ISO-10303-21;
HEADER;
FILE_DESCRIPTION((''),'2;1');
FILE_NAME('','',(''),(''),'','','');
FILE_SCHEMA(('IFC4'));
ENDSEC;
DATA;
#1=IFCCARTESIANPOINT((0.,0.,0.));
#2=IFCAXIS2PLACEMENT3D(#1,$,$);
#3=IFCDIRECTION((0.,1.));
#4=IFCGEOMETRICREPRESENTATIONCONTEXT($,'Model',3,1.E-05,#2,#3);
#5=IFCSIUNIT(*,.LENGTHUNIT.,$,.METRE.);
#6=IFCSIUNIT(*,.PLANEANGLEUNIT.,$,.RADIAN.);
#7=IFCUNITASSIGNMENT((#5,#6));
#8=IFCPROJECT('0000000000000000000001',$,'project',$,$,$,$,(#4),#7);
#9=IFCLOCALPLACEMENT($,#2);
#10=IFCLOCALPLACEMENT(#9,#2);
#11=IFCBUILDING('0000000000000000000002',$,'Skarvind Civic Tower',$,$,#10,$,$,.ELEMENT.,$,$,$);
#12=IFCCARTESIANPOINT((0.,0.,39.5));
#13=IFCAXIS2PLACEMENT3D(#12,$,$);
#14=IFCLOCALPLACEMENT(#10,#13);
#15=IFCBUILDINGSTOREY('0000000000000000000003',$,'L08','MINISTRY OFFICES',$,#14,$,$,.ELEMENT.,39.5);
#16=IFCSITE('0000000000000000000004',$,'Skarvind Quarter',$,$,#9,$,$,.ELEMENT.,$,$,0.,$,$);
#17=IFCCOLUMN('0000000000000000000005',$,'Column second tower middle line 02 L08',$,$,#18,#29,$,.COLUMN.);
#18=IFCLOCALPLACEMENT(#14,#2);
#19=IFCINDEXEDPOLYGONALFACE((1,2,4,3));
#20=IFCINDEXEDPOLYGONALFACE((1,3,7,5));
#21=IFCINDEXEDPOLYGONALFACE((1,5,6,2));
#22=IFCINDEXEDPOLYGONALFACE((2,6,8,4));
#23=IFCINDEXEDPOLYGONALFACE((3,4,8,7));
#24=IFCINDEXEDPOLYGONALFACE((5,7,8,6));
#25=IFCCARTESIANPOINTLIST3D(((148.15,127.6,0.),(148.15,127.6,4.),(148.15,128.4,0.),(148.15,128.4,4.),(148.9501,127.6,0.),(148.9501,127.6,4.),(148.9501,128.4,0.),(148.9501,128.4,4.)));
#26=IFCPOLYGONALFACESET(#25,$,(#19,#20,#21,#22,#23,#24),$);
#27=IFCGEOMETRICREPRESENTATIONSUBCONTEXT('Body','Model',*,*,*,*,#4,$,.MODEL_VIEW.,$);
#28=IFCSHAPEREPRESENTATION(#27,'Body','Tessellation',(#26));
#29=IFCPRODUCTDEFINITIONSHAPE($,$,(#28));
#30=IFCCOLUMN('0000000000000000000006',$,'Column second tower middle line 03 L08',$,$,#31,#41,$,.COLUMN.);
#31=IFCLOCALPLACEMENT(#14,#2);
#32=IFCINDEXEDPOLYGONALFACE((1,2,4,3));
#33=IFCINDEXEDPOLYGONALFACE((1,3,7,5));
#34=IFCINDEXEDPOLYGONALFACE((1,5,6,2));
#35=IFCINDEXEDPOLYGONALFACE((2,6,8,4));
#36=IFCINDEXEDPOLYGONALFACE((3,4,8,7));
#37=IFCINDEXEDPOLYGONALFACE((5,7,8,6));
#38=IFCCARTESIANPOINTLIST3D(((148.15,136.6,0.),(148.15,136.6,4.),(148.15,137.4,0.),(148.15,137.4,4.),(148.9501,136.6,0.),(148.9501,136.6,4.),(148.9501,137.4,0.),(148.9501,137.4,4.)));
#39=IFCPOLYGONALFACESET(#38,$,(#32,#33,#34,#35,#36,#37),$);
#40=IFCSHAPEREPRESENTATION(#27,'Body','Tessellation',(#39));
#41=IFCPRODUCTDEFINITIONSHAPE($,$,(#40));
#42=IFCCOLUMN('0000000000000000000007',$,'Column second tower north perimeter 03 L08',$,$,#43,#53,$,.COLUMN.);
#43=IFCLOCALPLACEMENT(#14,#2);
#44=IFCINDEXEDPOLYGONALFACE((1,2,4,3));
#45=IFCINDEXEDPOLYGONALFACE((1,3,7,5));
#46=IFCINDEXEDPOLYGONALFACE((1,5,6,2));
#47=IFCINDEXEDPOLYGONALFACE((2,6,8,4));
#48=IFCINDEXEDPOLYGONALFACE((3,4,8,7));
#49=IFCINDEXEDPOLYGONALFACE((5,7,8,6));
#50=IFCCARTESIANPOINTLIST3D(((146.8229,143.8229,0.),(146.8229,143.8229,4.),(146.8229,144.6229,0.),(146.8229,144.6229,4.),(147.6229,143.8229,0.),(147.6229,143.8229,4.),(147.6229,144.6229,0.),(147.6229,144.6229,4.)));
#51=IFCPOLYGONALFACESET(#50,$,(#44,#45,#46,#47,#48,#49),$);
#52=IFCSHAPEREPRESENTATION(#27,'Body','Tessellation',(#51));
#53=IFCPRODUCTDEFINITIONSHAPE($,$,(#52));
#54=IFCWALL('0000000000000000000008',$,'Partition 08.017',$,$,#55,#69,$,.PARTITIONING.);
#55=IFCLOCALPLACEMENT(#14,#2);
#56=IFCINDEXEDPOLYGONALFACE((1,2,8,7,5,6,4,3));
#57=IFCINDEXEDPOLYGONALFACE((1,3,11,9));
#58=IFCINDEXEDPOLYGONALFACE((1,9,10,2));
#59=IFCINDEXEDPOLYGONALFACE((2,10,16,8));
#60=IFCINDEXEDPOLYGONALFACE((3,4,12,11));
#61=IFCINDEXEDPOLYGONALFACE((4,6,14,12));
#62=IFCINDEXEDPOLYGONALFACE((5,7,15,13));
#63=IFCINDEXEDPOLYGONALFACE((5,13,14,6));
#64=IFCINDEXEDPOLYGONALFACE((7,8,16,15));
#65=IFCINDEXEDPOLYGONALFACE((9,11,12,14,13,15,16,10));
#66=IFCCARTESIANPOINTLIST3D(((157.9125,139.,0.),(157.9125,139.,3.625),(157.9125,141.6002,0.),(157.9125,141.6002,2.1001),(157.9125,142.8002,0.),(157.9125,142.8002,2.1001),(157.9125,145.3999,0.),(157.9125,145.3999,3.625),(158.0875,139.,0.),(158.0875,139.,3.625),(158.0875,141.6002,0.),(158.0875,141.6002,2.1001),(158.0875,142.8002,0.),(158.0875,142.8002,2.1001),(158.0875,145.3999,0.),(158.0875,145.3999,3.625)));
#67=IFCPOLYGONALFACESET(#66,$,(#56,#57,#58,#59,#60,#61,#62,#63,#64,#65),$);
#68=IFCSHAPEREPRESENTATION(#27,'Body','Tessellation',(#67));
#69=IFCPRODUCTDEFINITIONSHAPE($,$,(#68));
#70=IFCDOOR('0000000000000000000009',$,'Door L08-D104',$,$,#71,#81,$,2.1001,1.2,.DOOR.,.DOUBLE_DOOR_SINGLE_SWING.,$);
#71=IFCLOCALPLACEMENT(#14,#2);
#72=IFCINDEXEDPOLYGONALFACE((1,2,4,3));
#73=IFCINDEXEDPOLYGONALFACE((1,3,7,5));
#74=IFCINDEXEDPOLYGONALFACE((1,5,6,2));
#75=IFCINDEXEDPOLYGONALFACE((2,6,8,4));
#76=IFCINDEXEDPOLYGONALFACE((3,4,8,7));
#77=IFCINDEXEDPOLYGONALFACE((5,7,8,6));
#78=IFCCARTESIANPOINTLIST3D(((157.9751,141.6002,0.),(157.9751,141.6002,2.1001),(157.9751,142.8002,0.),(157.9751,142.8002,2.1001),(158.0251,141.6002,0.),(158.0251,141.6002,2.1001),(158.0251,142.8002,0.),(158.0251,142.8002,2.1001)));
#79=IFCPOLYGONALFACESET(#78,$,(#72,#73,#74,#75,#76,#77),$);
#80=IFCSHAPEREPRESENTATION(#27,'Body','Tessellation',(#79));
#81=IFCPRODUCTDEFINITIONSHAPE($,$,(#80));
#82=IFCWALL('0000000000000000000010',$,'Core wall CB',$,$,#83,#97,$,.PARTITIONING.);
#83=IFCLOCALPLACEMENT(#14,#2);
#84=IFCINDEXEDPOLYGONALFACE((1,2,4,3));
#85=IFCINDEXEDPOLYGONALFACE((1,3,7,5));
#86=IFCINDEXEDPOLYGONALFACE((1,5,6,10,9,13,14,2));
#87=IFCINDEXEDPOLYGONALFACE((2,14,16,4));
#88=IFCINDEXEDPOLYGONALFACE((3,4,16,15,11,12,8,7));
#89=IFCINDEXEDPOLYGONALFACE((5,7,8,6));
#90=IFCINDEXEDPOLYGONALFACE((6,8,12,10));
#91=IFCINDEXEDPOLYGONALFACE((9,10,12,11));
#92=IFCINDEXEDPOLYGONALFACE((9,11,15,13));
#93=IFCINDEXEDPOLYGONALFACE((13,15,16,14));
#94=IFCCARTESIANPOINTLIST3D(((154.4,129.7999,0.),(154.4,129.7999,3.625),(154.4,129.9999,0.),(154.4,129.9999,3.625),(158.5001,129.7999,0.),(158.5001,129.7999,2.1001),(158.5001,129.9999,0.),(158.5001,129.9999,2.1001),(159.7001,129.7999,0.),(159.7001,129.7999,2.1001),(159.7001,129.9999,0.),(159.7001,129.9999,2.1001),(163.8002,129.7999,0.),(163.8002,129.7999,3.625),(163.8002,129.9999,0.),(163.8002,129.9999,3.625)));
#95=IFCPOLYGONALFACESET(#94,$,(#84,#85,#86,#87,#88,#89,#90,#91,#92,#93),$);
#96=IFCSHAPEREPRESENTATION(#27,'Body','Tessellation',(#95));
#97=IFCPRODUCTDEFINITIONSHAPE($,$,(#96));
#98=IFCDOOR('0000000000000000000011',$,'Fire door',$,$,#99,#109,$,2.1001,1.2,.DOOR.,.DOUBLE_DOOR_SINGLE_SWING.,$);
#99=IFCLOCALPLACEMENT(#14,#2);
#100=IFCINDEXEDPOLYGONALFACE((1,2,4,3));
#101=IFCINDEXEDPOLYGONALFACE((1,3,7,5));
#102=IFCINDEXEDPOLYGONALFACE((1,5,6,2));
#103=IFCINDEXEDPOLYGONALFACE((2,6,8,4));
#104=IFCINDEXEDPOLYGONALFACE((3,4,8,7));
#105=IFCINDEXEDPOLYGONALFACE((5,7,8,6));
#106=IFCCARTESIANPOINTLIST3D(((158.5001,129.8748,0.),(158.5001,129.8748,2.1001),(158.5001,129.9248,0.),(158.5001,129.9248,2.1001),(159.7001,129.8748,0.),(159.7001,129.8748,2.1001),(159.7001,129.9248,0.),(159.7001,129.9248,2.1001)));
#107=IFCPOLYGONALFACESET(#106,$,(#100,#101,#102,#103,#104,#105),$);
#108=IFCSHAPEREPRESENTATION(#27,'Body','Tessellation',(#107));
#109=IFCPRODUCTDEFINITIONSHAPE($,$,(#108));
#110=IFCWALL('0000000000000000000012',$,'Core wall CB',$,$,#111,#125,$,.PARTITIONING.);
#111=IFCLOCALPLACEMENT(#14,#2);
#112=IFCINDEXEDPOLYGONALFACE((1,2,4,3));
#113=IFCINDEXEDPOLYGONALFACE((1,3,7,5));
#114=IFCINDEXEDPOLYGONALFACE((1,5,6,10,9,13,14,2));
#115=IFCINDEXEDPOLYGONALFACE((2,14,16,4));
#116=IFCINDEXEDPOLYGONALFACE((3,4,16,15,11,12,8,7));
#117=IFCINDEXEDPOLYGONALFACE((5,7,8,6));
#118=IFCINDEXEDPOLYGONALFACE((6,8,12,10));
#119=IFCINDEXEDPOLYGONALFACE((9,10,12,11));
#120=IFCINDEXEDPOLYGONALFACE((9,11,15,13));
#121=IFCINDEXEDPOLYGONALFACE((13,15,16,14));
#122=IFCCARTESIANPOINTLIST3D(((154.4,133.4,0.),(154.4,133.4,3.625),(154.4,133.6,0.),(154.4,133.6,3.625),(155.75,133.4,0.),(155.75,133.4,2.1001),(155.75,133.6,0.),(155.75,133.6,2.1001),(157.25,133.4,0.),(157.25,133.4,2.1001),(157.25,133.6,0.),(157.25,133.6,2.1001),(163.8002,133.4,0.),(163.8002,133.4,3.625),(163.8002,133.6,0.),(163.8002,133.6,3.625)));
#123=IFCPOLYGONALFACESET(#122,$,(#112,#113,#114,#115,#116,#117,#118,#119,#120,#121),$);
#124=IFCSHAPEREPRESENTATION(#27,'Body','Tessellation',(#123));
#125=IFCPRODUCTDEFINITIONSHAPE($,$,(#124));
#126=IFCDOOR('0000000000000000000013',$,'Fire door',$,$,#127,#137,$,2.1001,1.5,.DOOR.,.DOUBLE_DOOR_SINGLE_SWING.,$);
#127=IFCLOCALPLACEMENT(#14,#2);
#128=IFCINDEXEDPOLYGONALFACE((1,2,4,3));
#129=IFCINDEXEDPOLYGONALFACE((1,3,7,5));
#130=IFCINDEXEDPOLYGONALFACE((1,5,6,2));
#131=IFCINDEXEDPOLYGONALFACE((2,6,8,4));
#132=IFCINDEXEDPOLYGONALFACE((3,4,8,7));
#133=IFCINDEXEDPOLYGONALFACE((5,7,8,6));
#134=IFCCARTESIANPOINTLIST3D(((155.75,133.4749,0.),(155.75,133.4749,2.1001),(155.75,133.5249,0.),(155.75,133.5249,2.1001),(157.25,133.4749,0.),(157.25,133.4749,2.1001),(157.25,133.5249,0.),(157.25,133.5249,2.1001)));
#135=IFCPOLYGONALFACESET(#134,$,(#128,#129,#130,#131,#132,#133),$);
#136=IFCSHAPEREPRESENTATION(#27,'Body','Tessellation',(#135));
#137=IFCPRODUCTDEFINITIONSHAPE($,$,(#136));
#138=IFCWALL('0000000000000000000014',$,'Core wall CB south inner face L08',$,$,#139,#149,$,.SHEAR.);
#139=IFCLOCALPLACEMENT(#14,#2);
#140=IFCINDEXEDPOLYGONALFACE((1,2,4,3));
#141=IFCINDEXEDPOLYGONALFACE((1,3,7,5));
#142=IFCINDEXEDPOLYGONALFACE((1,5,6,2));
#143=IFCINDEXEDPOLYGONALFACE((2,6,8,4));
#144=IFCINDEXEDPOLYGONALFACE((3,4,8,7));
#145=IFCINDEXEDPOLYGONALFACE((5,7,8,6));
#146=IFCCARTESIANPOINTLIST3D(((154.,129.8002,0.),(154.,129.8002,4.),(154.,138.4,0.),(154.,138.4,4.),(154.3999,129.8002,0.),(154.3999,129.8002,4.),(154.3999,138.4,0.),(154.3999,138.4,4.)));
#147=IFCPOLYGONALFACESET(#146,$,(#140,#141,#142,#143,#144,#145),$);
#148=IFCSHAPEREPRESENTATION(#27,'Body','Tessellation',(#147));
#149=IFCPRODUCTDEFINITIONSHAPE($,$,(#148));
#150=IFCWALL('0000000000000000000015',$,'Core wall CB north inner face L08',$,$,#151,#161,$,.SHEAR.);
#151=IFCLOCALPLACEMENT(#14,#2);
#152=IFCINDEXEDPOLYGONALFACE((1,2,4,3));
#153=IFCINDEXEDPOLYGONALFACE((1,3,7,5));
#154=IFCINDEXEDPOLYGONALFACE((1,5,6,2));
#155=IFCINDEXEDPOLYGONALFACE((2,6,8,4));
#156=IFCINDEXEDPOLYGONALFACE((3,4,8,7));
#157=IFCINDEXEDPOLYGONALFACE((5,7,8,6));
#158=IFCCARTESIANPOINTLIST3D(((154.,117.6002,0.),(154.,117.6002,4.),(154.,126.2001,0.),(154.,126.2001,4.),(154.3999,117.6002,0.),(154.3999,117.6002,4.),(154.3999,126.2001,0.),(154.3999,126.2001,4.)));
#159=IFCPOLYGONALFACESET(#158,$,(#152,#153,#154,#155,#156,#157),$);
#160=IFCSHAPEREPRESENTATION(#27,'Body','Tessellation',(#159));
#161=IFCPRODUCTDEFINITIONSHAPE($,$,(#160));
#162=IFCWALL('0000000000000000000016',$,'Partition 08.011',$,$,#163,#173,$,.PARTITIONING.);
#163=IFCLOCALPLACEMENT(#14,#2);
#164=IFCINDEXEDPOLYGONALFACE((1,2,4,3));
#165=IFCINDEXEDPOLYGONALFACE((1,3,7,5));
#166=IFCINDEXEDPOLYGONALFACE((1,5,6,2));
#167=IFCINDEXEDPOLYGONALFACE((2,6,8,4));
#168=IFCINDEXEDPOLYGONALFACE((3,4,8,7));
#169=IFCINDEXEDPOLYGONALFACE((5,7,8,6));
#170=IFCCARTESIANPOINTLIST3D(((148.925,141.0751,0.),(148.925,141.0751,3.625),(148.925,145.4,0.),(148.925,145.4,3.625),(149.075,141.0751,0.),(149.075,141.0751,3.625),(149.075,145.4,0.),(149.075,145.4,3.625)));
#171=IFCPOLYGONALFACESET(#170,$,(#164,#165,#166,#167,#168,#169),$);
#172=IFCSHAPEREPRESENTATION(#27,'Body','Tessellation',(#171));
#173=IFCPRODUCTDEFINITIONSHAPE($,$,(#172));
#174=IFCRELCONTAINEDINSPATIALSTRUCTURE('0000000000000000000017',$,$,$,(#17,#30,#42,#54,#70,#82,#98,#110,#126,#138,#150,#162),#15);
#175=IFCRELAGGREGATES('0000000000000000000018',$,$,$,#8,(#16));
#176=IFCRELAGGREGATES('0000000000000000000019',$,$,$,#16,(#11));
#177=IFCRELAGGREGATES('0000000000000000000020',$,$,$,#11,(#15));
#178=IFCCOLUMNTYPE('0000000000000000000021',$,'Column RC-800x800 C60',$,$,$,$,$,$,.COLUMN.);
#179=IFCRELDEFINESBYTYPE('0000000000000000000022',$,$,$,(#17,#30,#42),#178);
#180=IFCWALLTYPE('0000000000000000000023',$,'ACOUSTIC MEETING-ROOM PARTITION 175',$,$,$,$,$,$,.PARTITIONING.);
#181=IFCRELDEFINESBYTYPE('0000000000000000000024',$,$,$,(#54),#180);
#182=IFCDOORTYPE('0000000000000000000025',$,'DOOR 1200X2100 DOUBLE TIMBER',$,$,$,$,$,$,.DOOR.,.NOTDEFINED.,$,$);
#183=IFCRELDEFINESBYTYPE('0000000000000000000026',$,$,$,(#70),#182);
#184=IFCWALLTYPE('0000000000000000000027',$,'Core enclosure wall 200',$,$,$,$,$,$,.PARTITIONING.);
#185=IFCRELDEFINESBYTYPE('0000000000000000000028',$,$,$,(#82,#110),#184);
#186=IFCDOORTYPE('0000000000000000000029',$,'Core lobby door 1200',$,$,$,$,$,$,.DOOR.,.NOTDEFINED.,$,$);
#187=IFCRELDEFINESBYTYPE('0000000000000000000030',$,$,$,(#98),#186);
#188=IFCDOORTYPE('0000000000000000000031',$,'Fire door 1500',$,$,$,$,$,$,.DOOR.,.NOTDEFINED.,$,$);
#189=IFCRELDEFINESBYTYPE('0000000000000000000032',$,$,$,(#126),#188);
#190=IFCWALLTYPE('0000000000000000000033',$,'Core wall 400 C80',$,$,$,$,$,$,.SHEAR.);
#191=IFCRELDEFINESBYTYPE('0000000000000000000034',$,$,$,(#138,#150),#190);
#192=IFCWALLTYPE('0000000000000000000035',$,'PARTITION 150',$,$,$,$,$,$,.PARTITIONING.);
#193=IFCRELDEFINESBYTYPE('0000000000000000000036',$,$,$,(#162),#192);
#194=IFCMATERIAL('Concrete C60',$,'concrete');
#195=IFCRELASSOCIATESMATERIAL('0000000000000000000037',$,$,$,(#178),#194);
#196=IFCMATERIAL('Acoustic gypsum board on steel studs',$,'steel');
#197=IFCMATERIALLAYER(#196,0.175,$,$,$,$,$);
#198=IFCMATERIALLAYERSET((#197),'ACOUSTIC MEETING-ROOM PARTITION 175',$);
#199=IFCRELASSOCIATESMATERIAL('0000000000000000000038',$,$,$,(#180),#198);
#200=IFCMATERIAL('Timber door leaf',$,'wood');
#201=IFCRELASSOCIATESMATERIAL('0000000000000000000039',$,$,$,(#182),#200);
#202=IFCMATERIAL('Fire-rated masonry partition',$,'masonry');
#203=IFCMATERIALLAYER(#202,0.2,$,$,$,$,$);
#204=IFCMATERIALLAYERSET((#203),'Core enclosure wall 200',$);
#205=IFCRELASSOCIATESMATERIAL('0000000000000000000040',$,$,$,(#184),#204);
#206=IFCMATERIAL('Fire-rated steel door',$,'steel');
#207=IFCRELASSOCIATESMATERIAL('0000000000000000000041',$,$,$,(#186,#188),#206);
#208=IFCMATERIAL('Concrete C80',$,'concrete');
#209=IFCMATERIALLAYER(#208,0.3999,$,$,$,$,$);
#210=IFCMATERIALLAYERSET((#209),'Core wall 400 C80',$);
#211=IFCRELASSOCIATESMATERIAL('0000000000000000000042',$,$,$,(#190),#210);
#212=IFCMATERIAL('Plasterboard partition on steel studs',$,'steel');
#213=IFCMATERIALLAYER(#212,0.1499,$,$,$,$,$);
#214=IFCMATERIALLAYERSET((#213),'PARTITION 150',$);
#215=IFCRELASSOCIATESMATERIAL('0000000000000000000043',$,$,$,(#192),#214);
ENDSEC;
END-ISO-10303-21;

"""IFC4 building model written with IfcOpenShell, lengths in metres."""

from ifc_helpers import new_model, si_unit, direction, frame, frame_2d, origin, origin_2d, place, context, subcontext, project, spatial, rectangle, extrude, material, layer, layer_set, material_profile, profile_set, type_object, element, fill, save


model = new_model("IFC4")

# Units and contexts
model_context = context("Model", 3, precision=1e-05, world=origin(), true_north=direction((0.0, 1.0)))
body_context = subcontext(model_context, "Body", "Model", "MODEL_VIEW")
ifc_project = project(units=[si_unit("LENGTHUNIT", "METRE"), si_unit("PLANEANGLEUNIT", "RADIAN")], contexts=[model_context])

# Site, building, storey
site_placement = place(None, origin())
site = spatial("IfcSite", under=ifc_project, at=site_placement, Name="Skarvind Quarter", CompositionType="ELEMENT", RefElevation=0.0)
building_placement = place(site_placement, origin())
building = spatial("IfcBuilding", under=site, at=building_placement, Name="Skarvind Civic Tower", CompositionType="ELEMENT")
storey_placement = place(building_placement, frame((0.0, 0.0, 39.5)))
storey = spatial("IfcBuildingStorey", under=building, at=storey_placement, Name="L08", Description="MINISTRY OFFICES", CompositionType="ELEMENT", Elevation=39.5)

# Columns
ifc_material_1 = material(Name="Concrete C60", Category="concrete")
ifc_material_profile = material_profile(ifc_material_1, rectangle(XDim=0.8, YDim=0.8, at=origin_2d()), Name="RC-800x800")
ifc_profile_set = profile_set([ifc_material_profile], Name="Concrete C60")
column_type = type_object("IfcColumnType", Name="Column RC-800x800 C60", PredefinedType="COLUMN", material=ifc_profile_set)
for number, where, z_axis, x_axis, name in (
    (1, (148.55, 128.0, 0.0), (0.0, 0.0, 1.0), (1.0, 0.0, 0.0), "Column second tower middle line 02 L08"),
    (2, (148.55, 137.0, 0.0), (0.0, 0.0, 1.0), (1.0, 0.0, 0.0), "Column second tower middle line 03 L08"),
    (3, (147.2229, 144.2229, 0.0), (0.0, 0.0, 1.0), (1.0, 0.0, 0.0), "Column second tower north perimeter 03 L08"),
):
    element("IfcColumn", number, at=place(storey_placement, frame(where, z_axis=z_axis, x_axis=x_axis)), inside=storey, type_object=column_type, Name=name, PredefinedType="COLUMN", context=body_context, shape_type="SweptSolid", body=[
        extrude(rectangle(XDim=0.8, YDim=0.8, at=origin_2d()), origin(), (0.0, 0.0, 1.0), 4.0),
    ])

# Walls, openings, doors
ifc_material_2 = material(Name="Acoustic gypsum board on steel studs", Category="steel")
ifc_layer_1 = layer(ifc_material_2, 0.175)
ifc_layer_set_1 = layer_set([ifc_layer_1], Name="ACOUSTIC MEETING-ROOM PARTITION 175")
wall_type_1 = type_object("IfcWallType", Name="ACOUSTIC MEETING-ROOM PARTITION 175", PredefinedType="PARTITIONING", material=ifc_layer_set_1)
wall_1_placement = place(storey_placement, frame((158.0, 139.0, 0.0), z_axis=(0.0, 0.0, 1.0), x_axis=(0.0, 1.0, 0.0)))
wall_1 = element("IfcWall", 4, at=wall_1_placement, inside=storey, type_object=wall_type_1, Name="Partition 08.017", PredefinedType="PARTITIONING", context=body_context, shape_type="SweptSolid", body=[
    extrude(rectangle(XDim=6.3999, YDim=0.175, at=frame_2d((3.2, 0.0))), origin(), (0.0, 0.0, 1.0), 3.625),
])
opening_1_placement = place(wall_1_placement, frame((2.6001, 0.0, 0.0)))
opening_1 = element("IfcOpeningElement", 5, at=opening_1_placement, cuts=wall_1, PredefinedType="OPENING", context=body_context, shape_type="SweptSolid", body=[
    extrude(rectangle(XDim=1.2, YDim=2.1001, at=frame_2d((0.6001, 1.05))), frame((0.0, 0.0974, 0.0), z_axis=(0.0, -1.0, 0.0), x_axis=(1.0, 0.0, 0.0)), (0.0, 0.0, 1.0), 0.1951),
])
ifc_material_3 = material(Name="Timber door leaf", Category="wood")
door_type_1 = type_object("IfcDoorType", Name="DOOR 1200X2100 DOUBLE TIMBER", OperationType="NOTDEFINED", PredefinedType="DOOR", material=ifc_material_3)
door_1_placement = place(opening_1_placement, origin())
door_1 = element("IfcDoor", 6, at=door_1_placement, inside=storey, type_object=door_type_1, Name="Door L08-D104", OperationType="DOUBLE_DOOR_SINGLE_SWING", OverallHeight=2.1001, OverallWidth=1.2, PredefinedType="DOOR", context=body_context, shape_type="SweptSolid", body=[
    extrude(rectangle(XDim=1.2, YDim=2.1001, at=frame_2d((0.6001, 1.05))), frame((0.0, 0.0249, 0.0), z_axis=(0.0, -1.0, 0.0), x_axis=(1.0, 0.0, 0.0)), (0.0, 0.0, 1.0), 0.05),
])
fill(opening_1, door_1)
ifc_material_4 = material(Name="Fire-rated masonry partition", Category="masonry")
ifc_layer_2 = layer(ifc_material_4, 0.2)
ifc_layer_set_2 = layer_set([ifc_layer_2], Name="Core enclosure wall 200")
wall_type_2 = type_object("IfcWallType", Name="Core enclosure wall 200", PredefinedType="PARTITIONING", material=ifc_layer_set_2)
wall_2_placement = place(storey_placement, frame((154.3999, 129.8999, 0.0), z_axis=(0.0, 0.0, 1.0), x_axis=(1.0, 0.0, 0.0)))
wall_2 = element("IfcWall", 7, at=wall_2_placement, inside=storey, type_object=wall_type_2, Name="Core wall CB", PredefinedType="PARTITIONING", context=body_context, shape_type="SweptSolid", body=[
    extrude(rectangle(XDim=9.4001, YDim=0.2, at=frame_2d((4.7002, 0.0))), origin(), (0.0, 0.0, 1.0), 3.625),
])
opening_2_placement = place(wall_2_placement, frame((4.1001, 0.0, 0.0)))
opening_2 = element("IfcOpeningElement", 8, at=opening_2_placement, cuts=wall_2, PredefinedType="OPENING", context=body_context, shape_type="SweptSolid", body=[
    extrude(rectangle(XDim=1.2, YDim=2.1001, at=frame_2d((0.6001, 1.05))), frame((0.0, 0.1099, 0.0), z_axis=(0.0, -1.0, 0.0), x_axis=(1.0, 0.0, 0.0)), (0.0, 0.0, 1.0), 0.22),
])
ifc_material_5 = material(Name="Fire-rated steel door", Category="steel")
door_type_2 = type_object("IfcDoorType", Name="Core lobby door 1200", OperationType="NOTDEFINED", PredefinedType="DOOR", material=ifc_material_5)
door_2_placement = place(opening_2_placement, origin())
door_2 = element("IfcDoor", 9, at=door_2_placement, inside=storey, type_object=door_type_2, Name="Fire door", OperationType="DOUBLE_DOOR_SINGLE_SWING", OverallHeight=2.1001, OverallWidth=1.2, PredefinedType="DOOR", context=body_context, shape_type="SweptSolid", body=[
    extrude(rectangle(XDim=1.2, YDim=2.1001, at=frame_2d((0.6001, 1.05))), frame((0.0, 0.0249, 0.0), z_axis=(0.0, -1.0, 0.0), x_axis=(1.0, 0.0, 0.0)), (0.0, 0.0, 1.0), 0.05),
])
fill(opening_2, door_2)
wall_3_placement = place(storey_placement, frame((154.3999, 133.5, 0.0), z_axis=(0.0, 0.0, 1.0), x_axis=(1.0, 0.0, 0.0)))
wall_3 = element("IfcWall", 10, at=wall_3_placement, inside=storey, type_object=wall_type_2, Name="Core wall CB", PredefinedType="PARTITIONING", context=body_context, shape_type="SweptSolid", body=[
    extrude(rectangle(XDim=9.4001, YDim=0.2, at=frame_2d((4.7002, 0.0))), origin(), (0.0, 0.0, 1.0), 3.625),
])
opening_3_placement = place(wall_3_placement, frame((1.3501, 0.0, 0.0)))
opening_3 = element("IfcOpeningElement", 11, at=opening_3_placement, cuts=wall_3, PredefinedType="OPENING", context=body_context, shape_type="SweptSolid", body=[
    extrude(rectangle(XDim=1.5, YDim=2.1001, at=frame_2d((0.75, 1.05))), frame((0.0, 0.1099, 0.0), z_axis=(0.0, -1.0, 0.0), x_axis=(1.0, 0.0, 0.0)), (0.0, 0.0, 1.0), 0.22),
])
door_type_3 = type_object("IfcDoorType", Name="Fire door 1500", OperationType="NOTDEFINED", PredefinedType="DOOR", material=ifc_material_5)
door_3_placement = place(opening_3_placement, origin())
door_3 = element("IfcDoor", 12, at=door_3_placement, inside=storey, type_object=door_type_3, Name="Fire door", OperationType="DOUBLE_DOOR_SINGLE_SWING", OverallHeight=2.1001, OverallWidth=1.5, PredefinedType="DOOR", context=body_context, shape_type="SweptSolid", body=[
    extrude(rectangle(XDim=1.5, YDim=2.1001, at=frame_2d((0.75, 1.05))), frame((0.0, 0.0249, 0.0), z_axis=(0.0, -1.0, 0.0), x_axis=(1.0, 0.0, 0.0)), (0.0, 0.0, 1.0), 0.05),
])
fill(opening_3, door_3)

# Walls
ifc_material_6 = material(Name="Concrete C80", Category="concrete")
ifc_layer_3 = layer(ifc_material_6, 0.3999)
ifc_layer_set_3 = layer_set([ifc_layer_3], Name="Core wall 400 C80")
wall_type_3 = type_object("IfcWallType", Name="Core wall 400 C80", PredefinedType="SHEAR", material=ifc_layer_set_3)
for number, where, z_axis, x_axis, name in (
    (13, (154.2, 138.3999, 0.0), (0.0, 0.0, 1.0), (0.0, -1.0, 0.0), "Core wall CB south inner face L08"),
    (14, (154.2, 126.2, 0.0), (0.0, 0.0, 1.0), (0.0, -1.0, 0.0), "Core wall CB north inner face L08"),
):
    element("IfcWall", number, at=place(storey_placement, frame(where, z_axis=z_axis, x_axis=x_axis)), inside=storey, type_object=wall_type_3, Name=name, PredefinedType="SHEAR", context=body_context, shape_type="SweptSolid", body=[
        extrude(rectangle(XDim=8.5999, YDim=0.3999, at=frame_2d((4.2998, 0.0))), origin(), (0.0, 0.0, 1.0), 4.0),
    ])
ifc_material_7 = material(Name="Plasterboard partition on steel studs", Category="steel")
ifc_layer_4 = layer(ifc_material_7, 0.1499)
ifc_layer_set_4 = layer_set([ifc_layer_4], Name="PARTITION 150")
wall_type_4 = type_object("IfcWallType", Name="PARTITION 150", PredefinedType="PARTITIONING", material=ifc_layer_set_4)
wall_4_placement = place(storey_placement, frame((149.0, 141.075, 0.0), z_axis=(0.0, 0.0, 1.0), x_axis=(0.0, 1.0, 0.0)))
element("IfcWall", 15, at=wall_4_placement, inside=storey, type_object=wall_type_4, Name="Partition 08.011", PredefinedType="PARTITIONING", context=body_context, shape_type="SweptSolid", body=[
    extrude(rectangle(XDim=4.325, YDim=0.1499, at=frame_2d((2.1626, 0.0))), origin(), (0.0, 0.0, 1.0), 3.625),
])

save(model, "model.ifc")
